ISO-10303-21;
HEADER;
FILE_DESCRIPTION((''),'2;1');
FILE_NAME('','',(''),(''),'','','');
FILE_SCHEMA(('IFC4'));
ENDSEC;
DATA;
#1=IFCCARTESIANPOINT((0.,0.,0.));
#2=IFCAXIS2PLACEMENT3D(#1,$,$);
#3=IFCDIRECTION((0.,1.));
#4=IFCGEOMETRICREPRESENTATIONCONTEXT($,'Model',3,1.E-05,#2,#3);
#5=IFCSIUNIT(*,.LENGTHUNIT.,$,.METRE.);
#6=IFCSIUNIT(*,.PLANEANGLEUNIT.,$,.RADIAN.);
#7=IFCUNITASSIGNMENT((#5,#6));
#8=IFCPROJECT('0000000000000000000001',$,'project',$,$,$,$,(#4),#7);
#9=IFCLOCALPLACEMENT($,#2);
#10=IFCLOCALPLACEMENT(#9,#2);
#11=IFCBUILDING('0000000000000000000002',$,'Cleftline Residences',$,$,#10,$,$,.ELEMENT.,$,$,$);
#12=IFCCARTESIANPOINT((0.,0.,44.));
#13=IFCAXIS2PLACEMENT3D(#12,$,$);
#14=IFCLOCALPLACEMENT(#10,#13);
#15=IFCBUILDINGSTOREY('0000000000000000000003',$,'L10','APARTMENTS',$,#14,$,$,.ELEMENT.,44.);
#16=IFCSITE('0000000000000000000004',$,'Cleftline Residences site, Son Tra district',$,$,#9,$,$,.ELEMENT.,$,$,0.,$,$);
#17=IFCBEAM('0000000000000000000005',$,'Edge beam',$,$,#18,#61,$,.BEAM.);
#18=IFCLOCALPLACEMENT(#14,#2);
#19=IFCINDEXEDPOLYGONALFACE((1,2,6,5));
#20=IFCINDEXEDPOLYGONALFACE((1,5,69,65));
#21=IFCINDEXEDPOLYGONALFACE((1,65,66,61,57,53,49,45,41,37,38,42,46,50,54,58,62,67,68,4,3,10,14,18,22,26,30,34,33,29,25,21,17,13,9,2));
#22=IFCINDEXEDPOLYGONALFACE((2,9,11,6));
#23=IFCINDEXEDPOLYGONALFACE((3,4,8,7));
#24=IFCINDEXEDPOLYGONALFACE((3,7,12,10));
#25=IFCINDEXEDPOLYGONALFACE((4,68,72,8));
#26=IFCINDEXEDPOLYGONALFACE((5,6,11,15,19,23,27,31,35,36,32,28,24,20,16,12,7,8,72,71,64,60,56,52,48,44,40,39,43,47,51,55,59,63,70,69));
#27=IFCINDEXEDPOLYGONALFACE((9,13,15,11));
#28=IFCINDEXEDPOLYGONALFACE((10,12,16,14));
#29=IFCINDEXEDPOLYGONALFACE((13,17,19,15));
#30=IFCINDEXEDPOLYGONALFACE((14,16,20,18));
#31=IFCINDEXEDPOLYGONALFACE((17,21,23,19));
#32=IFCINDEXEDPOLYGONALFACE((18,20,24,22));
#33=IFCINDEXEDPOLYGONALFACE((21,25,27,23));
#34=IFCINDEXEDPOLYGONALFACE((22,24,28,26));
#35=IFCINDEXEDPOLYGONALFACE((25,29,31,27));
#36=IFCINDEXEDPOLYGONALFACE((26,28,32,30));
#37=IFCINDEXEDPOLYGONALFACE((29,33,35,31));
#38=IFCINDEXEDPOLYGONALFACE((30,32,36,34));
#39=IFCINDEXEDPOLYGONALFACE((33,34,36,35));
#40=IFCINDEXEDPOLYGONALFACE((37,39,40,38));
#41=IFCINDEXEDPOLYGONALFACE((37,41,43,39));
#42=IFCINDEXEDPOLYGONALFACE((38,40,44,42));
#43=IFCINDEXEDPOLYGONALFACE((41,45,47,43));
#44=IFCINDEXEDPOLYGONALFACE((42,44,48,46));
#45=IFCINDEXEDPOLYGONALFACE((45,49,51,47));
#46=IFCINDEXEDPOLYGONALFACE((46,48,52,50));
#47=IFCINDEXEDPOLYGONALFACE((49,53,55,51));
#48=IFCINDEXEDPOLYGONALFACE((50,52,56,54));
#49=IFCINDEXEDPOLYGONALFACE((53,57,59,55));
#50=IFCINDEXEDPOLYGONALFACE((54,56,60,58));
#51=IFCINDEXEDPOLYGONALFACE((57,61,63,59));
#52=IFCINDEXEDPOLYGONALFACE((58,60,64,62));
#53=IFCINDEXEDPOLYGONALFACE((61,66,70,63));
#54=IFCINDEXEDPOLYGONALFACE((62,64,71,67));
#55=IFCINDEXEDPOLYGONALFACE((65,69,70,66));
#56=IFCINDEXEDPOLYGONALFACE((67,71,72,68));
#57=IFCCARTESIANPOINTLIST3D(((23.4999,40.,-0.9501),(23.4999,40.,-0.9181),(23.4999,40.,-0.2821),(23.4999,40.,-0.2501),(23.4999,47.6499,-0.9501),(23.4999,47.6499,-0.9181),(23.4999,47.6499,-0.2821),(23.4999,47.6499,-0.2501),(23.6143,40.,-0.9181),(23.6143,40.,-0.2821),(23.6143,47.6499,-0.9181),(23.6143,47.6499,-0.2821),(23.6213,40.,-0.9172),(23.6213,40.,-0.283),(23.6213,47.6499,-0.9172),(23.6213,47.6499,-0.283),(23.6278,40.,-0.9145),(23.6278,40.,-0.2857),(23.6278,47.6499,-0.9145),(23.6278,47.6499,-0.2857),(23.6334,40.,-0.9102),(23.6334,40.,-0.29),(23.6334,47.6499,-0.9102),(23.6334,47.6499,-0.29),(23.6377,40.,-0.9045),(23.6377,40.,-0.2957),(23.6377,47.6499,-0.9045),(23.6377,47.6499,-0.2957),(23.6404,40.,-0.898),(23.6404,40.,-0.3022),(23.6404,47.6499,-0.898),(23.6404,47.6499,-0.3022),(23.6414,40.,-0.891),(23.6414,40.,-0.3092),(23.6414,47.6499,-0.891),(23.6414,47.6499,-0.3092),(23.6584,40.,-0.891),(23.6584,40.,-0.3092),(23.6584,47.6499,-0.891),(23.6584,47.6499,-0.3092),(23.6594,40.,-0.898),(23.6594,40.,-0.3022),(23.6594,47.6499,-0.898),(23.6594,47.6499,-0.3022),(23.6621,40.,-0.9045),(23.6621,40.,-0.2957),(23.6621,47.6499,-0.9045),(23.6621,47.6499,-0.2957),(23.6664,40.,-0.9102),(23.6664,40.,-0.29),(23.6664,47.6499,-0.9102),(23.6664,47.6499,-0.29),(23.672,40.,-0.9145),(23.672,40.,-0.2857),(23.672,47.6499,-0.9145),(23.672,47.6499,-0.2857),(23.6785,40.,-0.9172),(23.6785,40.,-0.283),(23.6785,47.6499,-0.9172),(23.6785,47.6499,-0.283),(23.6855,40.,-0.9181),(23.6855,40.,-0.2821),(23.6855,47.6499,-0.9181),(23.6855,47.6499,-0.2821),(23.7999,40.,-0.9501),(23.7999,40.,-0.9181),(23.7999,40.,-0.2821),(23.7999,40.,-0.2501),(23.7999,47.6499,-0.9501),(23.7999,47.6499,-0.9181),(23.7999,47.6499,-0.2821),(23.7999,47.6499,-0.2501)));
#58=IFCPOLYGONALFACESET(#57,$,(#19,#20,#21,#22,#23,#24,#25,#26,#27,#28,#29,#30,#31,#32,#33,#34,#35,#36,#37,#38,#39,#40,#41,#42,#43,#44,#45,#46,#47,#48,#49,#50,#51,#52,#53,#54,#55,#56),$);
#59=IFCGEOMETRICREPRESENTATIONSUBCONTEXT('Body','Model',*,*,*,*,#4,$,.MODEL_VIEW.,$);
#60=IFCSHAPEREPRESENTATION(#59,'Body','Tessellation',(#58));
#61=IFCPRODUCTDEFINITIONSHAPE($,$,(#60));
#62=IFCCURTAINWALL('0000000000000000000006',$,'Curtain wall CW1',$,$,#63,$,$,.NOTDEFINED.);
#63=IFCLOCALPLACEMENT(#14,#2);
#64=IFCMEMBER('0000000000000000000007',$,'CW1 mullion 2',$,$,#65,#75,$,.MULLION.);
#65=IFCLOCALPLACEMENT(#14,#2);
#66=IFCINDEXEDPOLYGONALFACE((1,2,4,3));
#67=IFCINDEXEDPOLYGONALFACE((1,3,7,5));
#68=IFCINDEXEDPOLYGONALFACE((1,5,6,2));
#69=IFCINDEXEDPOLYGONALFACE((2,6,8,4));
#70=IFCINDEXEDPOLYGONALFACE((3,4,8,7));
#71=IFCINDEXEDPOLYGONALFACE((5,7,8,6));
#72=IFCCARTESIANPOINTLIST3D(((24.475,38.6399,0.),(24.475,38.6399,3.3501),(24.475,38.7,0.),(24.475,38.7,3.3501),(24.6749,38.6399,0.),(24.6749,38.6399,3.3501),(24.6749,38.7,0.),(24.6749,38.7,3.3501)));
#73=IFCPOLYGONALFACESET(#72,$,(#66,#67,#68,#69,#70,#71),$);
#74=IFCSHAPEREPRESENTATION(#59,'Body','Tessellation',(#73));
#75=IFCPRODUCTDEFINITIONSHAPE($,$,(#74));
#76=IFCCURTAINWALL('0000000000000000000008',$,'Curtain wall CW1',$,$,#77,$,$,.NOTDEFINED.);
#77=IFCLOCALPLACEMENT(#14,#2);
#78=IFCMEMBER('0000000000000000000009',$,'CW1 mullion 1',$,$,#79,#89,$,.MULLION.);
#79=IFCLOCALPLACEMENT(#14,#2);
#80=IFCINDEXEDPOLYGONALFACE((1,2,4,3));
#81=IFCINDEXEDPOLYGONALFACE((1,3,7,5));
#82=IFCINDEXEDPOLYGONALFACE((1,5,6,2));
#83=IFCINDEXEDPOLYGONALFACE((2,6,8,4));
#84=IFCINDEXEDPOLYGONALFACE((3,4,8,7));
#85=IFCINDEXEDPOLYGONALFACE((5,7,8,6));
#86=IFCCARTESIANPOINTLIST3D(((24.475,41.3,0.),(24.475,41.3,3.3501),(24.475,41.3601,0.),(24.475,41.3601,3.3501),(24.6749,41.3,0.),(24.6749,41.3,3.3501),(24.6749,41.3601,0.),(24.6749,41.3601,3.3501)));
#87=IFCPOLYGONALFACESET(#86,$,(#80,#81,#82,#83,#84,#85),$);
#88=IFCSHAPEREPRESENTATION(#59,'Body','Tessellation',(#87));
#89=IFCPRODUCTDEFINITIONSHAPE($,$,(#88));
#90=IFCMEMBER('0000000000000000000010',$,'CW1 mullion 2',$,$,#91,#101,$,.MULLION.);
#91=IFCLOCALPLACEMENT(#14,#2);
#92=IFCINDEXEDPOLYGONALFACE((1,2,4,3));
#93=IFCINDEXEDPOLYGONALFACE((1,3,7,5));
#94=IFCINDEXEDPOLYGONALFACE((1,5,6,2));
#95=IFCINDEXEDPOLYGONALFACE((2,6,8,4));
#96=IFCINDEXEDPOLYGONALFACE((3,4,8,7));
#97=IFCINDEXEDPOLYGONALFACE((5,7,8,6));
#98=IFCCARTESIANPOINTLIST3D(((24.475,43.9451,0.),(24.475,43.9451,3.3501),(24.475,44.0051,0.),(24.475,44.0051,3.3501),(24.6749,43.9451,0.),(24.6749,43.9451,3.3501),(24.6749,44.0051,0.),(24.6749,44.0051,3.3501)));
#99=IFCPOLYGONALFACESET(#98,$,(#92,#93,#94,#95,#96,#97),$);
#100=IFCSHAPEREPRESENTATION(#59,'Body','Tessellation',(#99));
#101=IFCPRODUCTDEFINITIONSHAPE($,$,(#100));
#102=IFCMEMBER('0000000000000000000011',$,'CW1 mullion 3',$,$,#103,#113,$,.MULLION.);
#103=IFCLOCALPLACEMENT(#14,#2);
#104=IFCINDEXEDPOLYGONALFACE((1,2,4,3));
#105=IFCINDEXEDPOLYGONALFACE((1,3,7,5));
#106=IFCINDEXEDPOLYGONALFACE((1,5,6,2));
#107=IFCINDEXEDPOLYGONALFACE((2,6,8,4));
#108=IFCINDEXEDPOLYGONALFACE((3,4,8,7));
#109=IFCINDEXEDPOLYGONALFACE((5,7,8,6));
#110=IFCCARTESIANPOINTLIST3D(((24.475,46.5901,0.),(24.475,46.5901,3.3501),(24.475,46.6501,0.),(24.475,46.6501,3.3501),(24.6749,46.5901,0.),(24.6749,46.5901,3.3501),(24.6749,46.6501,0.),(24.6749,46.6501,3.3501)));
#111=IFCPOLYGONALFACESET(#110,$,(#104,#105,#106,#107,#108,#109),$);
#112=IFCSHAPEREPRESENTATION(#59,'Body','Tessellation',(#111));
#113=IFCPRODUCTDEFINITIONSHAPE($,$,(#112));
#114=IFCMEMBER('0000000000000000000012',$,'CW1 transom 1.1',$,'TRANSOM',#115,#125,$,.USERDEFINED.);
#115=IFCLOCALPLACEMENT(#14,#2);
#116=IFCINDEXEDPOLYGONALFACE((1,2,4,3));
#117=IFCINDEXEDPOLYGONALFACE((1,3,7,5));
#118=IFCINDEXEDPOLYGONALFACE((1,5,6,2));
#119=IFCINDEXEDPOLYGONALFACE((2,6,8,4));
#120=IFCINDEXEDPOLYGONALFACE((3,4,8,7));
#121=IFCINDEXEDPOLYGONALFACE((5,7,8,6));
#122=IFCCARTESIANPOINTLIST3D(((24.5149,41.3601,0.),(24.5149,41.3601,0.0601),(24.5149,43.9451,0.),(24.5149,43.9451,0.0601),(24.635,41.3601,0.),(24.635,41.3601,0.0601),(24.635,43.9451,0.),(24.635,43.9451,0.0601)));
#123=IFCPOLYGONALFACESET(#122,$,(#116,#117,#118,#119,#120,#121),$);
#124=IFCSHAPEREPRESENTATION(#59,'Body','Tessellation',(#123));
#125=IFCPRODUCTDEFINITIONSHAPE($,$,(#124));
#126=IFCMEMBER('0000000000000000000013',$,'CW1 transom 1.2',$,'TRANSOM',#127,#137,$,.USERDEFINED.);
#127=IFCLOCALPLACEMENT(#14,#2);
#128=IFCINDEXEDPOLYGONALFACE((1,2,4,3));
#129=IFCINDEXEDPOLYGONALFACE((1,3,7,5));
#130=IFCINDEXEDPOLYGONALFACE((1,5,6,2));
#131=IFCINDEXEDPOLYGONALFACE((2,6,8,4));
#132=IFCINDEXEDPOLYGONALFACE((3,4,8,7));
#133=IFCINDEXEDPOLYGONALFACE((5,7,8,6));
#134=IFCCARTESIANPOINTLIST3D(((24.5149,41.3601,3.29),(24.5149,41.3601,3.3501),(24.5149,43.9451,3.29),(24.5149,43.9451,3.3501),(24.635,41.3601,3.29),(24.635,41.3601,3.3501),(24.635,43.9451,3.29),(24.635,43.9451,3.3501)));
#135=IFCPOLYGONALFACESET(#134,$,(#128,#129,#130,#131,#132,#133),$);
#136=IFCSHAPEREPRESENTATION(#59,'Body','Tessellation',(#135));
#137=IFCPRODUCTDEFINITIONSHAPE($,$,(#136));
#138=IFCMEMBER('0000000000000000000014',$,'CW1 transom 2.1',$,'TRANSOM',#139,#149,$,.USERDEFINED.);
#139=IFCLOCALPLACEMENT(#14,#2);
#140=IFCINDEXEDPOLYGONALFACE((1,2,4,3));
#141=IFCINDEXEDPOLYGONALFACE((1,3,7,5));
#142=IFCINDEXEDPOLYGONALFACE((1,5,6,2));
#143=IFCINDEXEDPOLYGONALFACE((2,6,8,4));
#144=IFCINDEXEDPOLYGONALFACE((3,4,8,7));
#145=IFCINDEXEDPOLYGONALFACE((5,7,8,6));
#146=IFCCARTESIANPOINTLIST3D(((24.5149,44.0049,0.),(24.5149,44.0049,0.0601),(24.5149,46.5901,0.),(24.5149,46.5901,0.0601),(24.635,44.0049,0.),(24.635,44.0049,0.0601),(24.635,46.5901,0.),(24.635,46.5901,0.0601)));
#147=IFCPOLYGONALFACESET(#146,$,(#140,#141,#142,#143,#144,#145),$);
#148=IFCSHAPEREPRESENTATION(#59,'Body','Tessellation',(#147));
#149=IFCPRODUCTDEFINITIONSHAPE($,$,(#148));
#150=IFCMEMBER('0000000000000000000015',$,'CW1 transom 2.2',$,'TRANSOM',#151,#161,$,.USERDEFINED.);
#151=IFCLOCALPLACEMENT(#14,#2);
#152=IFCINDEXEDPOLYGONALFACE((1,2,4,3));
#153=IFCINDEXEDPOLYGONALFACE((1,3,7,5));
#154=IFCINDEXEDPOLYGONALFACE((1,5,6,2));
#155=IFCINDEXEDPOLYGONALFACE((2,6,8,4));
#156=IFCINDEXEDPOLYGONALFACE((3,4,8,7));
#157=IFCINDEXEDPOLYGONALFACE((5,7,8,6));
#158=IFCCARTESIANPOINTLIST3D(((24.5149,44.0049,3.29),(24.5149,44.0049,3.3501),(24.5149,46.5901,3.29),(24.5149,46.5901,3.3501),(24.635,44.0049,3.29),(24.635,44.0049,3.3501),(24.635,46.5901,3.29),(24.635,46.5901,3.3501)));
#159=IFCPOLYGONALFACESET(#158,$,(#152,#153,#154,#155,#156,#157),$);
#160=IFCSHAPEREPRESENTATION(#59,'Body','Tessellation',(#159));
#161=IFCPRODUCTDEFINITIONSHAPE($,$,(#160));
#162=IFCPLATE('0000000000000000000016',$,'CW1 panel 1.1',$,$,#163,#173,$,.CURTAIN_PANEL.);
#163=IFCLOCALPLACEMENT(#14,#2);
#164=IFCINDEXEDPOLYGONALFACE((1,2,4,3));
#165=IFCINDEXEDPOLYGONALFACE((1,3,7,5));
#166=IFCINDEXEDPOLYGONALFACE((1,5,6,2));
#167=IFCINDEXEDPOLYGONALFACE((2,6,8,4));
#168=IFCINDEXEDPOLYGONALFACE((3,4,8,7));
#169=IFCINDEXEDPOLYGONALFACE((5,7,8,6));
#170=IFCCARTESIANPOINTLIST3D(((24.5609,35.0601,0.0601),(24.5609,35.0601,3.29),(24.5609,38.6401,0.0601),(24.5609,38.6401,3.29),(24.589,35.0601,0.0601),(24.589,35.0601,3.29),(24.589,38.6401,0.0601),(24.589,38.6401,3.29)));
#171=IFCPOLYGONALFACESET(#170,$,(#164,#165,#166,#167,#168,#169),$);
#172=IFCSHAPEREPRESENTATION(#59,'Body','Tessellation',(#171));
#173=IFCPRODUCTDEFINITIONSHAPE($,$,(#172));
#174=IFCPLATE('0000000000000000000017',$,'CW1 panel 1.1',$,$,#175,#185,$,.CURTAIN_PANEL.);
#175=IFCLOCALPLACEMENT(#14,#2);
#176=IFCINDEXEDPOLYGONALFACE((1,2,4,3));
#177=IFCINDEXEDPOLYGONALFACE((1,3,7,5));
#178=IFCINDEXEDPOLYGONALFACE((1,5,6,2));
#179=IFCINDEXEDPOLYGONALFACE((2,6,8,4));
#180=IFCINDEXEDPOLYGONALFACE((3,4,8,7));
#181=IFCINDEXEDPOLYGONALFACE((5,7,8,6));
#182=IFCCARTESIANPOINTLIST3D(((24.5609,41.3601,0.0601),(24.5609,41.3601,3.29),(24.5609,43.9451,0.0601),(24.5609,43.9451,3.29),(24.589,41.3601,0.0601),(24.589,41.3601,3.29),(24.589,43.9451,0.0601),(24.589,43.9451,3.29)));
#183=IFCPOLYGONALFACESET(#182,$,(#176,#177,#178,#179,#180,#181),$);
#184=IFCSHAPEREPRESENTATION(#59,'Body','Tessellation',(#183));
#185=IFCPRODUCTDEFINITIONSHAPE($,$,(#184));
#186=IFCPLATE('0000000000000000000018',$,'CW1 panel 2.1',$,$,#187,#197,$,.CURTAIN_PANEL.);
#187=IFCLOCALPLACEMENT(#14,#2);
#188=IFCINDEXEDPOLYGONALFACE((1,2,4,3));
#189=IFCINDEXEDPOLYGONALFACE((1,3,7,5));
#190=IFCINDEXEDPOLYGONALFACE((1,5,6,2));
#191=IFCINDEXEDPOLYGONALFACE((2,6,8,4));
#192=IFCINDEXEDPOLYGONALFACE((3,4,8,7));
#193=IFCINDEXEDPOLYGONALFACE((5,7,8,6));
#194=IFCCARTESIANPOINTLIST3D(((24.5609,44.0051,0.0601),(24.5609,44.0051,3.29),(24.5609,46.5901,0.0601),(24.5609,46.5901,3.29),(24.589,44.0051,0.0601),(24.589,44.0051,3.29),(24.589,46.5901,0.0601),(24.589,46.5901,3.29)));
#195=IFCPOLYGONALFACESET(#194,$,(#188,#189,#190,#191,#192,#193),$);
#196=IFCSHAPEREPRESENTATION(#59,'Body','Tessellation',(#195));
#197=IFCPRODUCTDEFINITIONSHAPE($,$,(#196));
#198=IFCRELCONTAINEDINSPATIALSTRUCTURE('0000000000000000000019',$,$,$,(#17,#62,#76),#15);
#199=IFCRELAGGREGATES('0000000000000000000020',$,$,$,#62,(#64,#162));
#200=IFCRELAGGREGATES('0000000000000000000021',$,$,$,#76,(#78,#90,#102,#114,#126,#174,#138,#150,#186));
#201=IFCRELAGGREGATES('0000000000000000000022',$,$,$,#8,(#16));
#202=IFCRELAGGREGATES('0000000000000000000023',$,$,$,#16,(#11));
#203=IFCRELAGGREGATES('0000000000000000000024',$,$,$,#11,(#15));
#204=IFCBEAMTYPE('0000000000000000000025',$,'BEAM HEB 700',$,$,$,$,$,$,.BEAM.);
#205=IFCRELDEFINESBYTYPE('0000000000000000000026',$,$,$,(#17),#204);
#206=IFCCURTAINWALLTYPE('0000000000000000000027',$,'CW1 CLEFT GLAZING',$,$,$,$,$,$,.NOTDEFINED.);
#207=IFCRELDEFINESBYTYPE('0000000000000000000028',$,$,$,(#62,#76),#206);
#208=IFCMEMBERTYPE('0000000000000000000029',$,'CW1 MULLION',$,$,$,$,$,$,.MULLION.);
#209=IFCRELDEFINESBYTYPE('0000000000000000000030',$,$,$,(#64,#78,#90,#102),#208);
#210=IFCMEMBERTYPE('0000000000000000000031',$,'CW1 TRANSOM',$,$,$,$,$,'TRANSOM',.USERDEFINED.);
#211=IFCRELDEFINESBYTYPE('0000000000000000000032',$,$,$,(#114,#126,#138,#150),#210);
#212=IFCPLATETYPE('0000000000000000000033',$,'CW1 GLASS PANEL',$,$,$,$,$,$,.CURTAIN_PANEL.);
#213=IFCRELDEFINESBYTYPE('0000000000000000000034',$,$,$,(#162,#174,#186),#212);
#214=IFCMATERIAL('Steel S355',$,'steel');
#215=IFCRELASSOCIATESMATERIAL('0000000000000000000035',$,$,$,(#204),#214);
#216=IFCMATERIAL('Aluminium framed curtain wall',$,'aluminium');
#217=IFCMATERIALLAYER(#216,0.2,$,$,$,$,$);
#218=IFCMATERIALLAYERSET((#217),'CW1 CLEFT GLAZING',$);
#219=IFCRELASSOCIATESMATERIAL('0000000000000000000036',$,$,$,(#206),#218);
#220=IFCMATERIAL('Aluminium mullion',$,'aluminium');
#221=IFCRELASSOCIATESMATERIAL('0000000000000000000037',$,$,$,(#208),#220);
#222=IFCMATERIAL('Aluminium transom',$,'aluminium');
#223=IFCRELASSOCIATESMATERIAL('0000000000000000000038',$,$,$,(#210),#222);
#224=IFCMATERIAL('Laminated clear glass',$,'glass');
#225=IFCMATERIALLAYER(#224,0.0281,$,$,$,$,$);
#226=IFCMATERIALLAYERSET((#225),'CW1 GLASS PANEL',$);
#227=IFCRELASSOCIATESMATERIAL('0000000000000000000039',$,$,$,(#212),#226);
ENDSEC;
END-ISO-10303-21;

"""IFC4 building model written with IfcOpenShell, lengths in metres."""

from ifc_helpers import new_model, si_unit, direction, frame, origin, origin_2d, place, context, subcontext, project, spatial, rectangle, i_section, extrude, material, layer, layer_set, material_profile, profile_set, type_object, element, aggregate, save


model = new_model("IFC4")

# Units and contexts
model_context = context("Model", 3, precision=1e-05, world=origin(), true_north=direction((0.0, 1.0)))
body_context = subcontext(model_context, "Body", "Model", "MODEL_VIEW")
ifc_project = project(units=[si_unit("LENGTHUNIT", "METRE"), si_unit("PLANEANGLEUNIT", "RADIAN")], contexts=[model_context])

# Site, building, storey
site_placement = place(None, origin())
site = spatial("IfcSite", under=ifc_project, at=site_placement, Name="Cleftline Residences site, Son Tra district", CompositionType="ELEMENT", RefElevation=0.0)
building_placement = place(site_placement, origin())
building = spatial("IfcBuilding", under=site, at=building_placement, Name="Cleftline Residences", CompositionType="ELEMENT")
storey_placement = place(building_placement, frame((0.0, 0.0, 44.0)))
storey = spatial("IfcBuildingStorey", under=building, at=storey_placement, Name="L10", Description="APARTMENTS", CompositionType="ELEMENT", Elevation=44.0)

# Beam
ifc_material_1 = material(Name="Steel S355", Category="steel")
ifc_material_profile_1 = material_profile(ifc_material_1, i_section(OverallWidth=0.3, OverallDepth=0.7, WebThickness=0.0171, FlangeThickness=0.032, FilletRadius=0.0271, at=origin_2d()))
ifc_profile_set_1 = profile_set([ifc_material_profile_1], Name="Steel S355")
beam_type = type_object("IfcBeamType", Name="BEAM HEB 700", PredefinedType="BEAM", material=ifc_profile_set_1)
beam_placement = place(storey_placement, frame((23.6499, 47.6499, -0.6001), z_axis=(0.0, -1.0, 0.0), x_axis=(1.0, 0.0, 0.0)))
element("IfcBeam", 1, at=beam_placement, inside=storey, type_object=beam_type, Name="Edge beam", PredefinedType="BEAM", context=body_context, shape_type="SweptSolid", body=[
    extrude(i_section(OverallWidth=0.3, OverallDepth=0.7, WebThickness=0.0171, FlangeThickness=0.032, FilletRadius=0.0271, at=origin_2d()), origin(), (0.0, 0.0, 1.0), 7.6499),
])

# Curtain wall, member
ifc_material_2 = material(Name="Aluminium framed curtain wall", Category="aluminium")
ifc_layer_1 = layer(ifc_material_2, 0.2)
ifc_layer_set_1 = layer_set([ifc_layer_1], Name="CW1 CLEFT GLAZING")
curtain_wall_type = type_object("IfcCurtainWallType", Name="CW1 CLEFT GLAZING", PredefinedType="NOTDEFINED", material=ifc_layer_set_1)
curtain_wall_1_placement = place(storey_placement, origin())
curtain_wall_1 = element("IfcCurtainWall", 2, at=curtain_wall_1_placement, inside=storey, type_object=curtain_wall_type, Name="Curtain wall CW1", PredefinedType="NOTDEFINED")
ifc_material_3 = material(Name="Aluminium mullion", Category="aluminium")
ifc_material_profile_2 = material_profile(ifc_material_3, rectangle(XDim=0.2, YDim=0.0601, at=origin_2d()))
ifc_profile_set_2 = profile_set([ifc_material_profile_2], Name="Aluminium mullion")
member_type_1 = type_object("IfcMemberType", Name="CW1 MULLION", PredefinedType="MULLION", material=ifc_profile_set_2)
member_1_placement = place(storey_placement, frame((24.575, 38.6699, 0.0), z_axis=(0.0, 0.0, 1.0), x_axis=(-1.0, 0.0, 0.0)))
member_1 = element("IfcMember", 3, at=member_1_placement, type_object=member_type_1, Name="CW1 mullion 2", PredefinedType="MULLION", context=body_context, shape_type="SweptSolid", body=[
    extrude(rectangle(XDim=0.2, YDim=0.0601, at=origin_2d()), origin(), (0.0, 0.0, 1.0), 3.3501),
])

# Curtain wall, members
curtain_wall_2_placement = place(storey_placement, origin())
curtain_wall_2 = element("IfcCurtainWall", 4, at=curtain_wall_2_placement, inside=storey, type_object=curtain_wall_type, Name="Curtain wall CW1", PredefinedType="NOTDEFINED")
member_2_placement = place(storey_placement, frame((24.575, 41.3301, 0.0), z_axis=(0.0, 0.0, 1.0), x_axis=(-1.0, 0.0, 0.0)))
member_2 = element("IfcMember", 5, at=member_2_placement, type_object=member_type_1, Name="CW1 mullion 1", PredefinedType="MULLION", context=body_context, shape_type="SweptSolid", body=[
    extrude(rectangle(XDim=0.2, YDim=0.0601, at=origin_2d()), origin(), (0.0, 0.0, 1.0), 3.3501),
])
member_3_placement = place(storey_placement, frame((24.575, 43.9751, 0.0), z_axis=(0.0, 0.0, 1.0), x_axis=(-1.0, 0.0, 0.0)))
member_3 = element("IfcMember", 6, at=member_3_placement, type_object=member_type_1, Name="CW1 mullion 2", PredefinedType="MULLION", context=body_context, shape_type="SweptSolid", body=[
    extrude(rectangle(XDim=0.2, YDim=0.0601, at=origin_2d()), origin(), (0.0, 0.0, 1.0), 3.3501),
])
member_4_placement = place(storey_placement, frame((24.575, 46.6201, 0.0), z_axis=(0.0, 0.0, 1.0), x_axis=(-1.0, 0.0, 0.0)))
member_4 = element("IfcMember", 7, at=member_4_placement, type_object=member_type_1, Name="CW1 mullion 3", PredefinedType="MULLION", context=body_context, shape_type="SweptSolid", body=[
    extrude(rectangle(XDim=0.2, YDim=0.0601, at=origin_2d()), origin(), (0.0, 0.0, 1.0), 3.3501),
])
ifc_material_4 = material(Name="Aluminium transom", Category="aluminium")
ifc_material_profile_3 = material_profile(ifc_material_4, rectangle(XDim=0.1201, YDim=0.0601, at=origin_2d()))
ifc_profile_set_3 = profile_set([ifc_material_profile_3], Name="Aluminium transom")
member_type_2 = type_object("IfcMemberType", Name="CW1 TRANSOM", ElementType="TRANSOM", PredefinedType="USERDEFINED", material=ifc_profile_set_3)
member_5_placement = place(storey_placement, frame((24.575, 41.3601, 0.03), z_axis=(0.0, 1.0, 0.0), x_axis=(-1.0, 0.0, 0.0)))
member_5 = element("IfcMember", 8, at=member_5_placement, type_object=member_type_2, Name="CW1 transom 1.1", ObjectType="TRANSOM", PredefinedType="USERDEFINED", context=body_context, shape_type="SweptSolid", body=[
    extrude(rectangle(XDim=0.1201, YDim=0.0601, at=origin_2d()), origin(), (0.0, 0.0, 1.0), 2.585),
])
member_6_placement = place(storey_placement, frame((24.575, 41.3601, 3.3201), z_axis=(0.0, 1.0, 0.0), x_axis=(-1.0, 0.0, 0.0)))
member_6 = element("IfcMember", 9, at=member_6_placement, type_object=member_type_2, Name="CW1 transom 1.2", ObjectType="TRANSOM", PredefinedType="USERDEFINED", context=body_context, shape_type="SweptSolid", body=[
    extrude(rectangle(XDim=0.1201, YDim=0.0601, at=origin_2d()), origin(), (0.0, 0.0, 1.0), 2.585),
])
member_7_placement = place(storey_placement, frame((24.575, 44.0049, 0.03), z_axis=(0.0, 1.0, 0.0), x_axis=(-1.0, 0.0, 0.0)))
member_7 = element("IfcMember", 10, at=member_7_placement, type_object=member_type_2, Name="CW1 transom 2.1", ObjectType="TRANSOM", PredefinedType="USERDEFINED", context=body_context, shape_type="SweptSolid", body=[
    extrude(rectangle(XDim=0.1201, YDim=0.0601, at=origin_2d()), origin(), (0.0, 0.0, 1.0), 2.5852),
])
member_8_placement = place(storey_placement, frame((24.575, 44.0049, 3.3201), z_axis=(0.0, 1.0, 0.0), x_axis=(-1.0, 0.0, 0.0)))
member_8 = element("IfcMember", 11, at=member_8_placement, type_object=member_type_2, Name="CW1 transom 2.2", ObjectType="TRANSOM", PredefinedType="USERDEFINED", context=body_context, shape_type="SweptSolid", body=[
    extrude(rectangle(XDim=0.1201, YDim=0.0601, at=origin_2d()), origin(), (0.0, 0.0, 1.0), 2.5852),
])

# Plates
ifc_material_5 = material(Name="Laminated clear glass", Category="glass")
ifc_layer_2 = layer(ifc_material_5, 0.0281)
ifc_layer_set_2 = layer_set([ifc_layer_2], Name="CW1 GLASS PANEL")
plate_type = type_object("IfcPlateType", Name="CW1 GLASS PANEL", PredefinedType="CURTAIN_PANEL", material=ifc_layer_set_2)
plate_1_placement = place(storey_placement, frame((24.575, 36.8501, 0.0601), z_axis=(0.0, 0.0, 1.0), x_axis=(0.0, 1.0, 0.0)))
plate_1 = element("IfcPlate", 12, at=plate_1_placement, type_object=plate_type, Name="CW1 panel 1.1", PredefinedType="CURTAIN_PANEL", context=body_context, shape_type="SweptSolid", body=[
    extrude(rectangle(XDim=3.5801, YDim=0.0281, at=origin_2d()), origin(), (0.0, 0.0, 1.0), 3.23),
])
aggregate(curtain_wall_1, [member_1, plate_1])
plate_2_placement = place(storey_placement, frame((24.575, 42.6526, 0.0601), z_axis=(0.0, 0.0, 1.0), x_axis=(0.0, 1.0, 0.0)))
plate_2 = element("IfcPlate", 13, at=plate_2_placement, type_object=plate_type, Name="CW1 panel 1.1", PredefinedType="CURTAIN_PANEL", context=body_context, shape_type="SweptSolid", body=[
    extrude(rectangle(XDim=2.585, YDim=0.0281, at=origin_2d()), origin(), (0.0, 0.0, 1.0), 3.23),
])
plate_3_placement = place(storey_placement, frame((24.575, 45.2976, 0.0601), z_axis=(0.0, 0.0, 1.0), x_axis=(0.0, 1.0, 0.0)))
plate_3 = element("IfcPlate", 14, at=plate_3_placement, type_object=plate_type, Name="CW1 panel 2.1", PredefinedType="CURTAIN_PANEL", context=body_context, shape_type="SweptSolid", body=[
    extrude(rectangle(XDim=2.585, YDim=0.0281, at=origin_2d()), origin(), (0.0, 0.0, 1.0), 3.23),
])
aggregate(curtain_wall_2, [member_2, member_3, member_4, member_5, member_6, plate_2, member_7, member_8, plate_3])

save(model, "model.ifc")
